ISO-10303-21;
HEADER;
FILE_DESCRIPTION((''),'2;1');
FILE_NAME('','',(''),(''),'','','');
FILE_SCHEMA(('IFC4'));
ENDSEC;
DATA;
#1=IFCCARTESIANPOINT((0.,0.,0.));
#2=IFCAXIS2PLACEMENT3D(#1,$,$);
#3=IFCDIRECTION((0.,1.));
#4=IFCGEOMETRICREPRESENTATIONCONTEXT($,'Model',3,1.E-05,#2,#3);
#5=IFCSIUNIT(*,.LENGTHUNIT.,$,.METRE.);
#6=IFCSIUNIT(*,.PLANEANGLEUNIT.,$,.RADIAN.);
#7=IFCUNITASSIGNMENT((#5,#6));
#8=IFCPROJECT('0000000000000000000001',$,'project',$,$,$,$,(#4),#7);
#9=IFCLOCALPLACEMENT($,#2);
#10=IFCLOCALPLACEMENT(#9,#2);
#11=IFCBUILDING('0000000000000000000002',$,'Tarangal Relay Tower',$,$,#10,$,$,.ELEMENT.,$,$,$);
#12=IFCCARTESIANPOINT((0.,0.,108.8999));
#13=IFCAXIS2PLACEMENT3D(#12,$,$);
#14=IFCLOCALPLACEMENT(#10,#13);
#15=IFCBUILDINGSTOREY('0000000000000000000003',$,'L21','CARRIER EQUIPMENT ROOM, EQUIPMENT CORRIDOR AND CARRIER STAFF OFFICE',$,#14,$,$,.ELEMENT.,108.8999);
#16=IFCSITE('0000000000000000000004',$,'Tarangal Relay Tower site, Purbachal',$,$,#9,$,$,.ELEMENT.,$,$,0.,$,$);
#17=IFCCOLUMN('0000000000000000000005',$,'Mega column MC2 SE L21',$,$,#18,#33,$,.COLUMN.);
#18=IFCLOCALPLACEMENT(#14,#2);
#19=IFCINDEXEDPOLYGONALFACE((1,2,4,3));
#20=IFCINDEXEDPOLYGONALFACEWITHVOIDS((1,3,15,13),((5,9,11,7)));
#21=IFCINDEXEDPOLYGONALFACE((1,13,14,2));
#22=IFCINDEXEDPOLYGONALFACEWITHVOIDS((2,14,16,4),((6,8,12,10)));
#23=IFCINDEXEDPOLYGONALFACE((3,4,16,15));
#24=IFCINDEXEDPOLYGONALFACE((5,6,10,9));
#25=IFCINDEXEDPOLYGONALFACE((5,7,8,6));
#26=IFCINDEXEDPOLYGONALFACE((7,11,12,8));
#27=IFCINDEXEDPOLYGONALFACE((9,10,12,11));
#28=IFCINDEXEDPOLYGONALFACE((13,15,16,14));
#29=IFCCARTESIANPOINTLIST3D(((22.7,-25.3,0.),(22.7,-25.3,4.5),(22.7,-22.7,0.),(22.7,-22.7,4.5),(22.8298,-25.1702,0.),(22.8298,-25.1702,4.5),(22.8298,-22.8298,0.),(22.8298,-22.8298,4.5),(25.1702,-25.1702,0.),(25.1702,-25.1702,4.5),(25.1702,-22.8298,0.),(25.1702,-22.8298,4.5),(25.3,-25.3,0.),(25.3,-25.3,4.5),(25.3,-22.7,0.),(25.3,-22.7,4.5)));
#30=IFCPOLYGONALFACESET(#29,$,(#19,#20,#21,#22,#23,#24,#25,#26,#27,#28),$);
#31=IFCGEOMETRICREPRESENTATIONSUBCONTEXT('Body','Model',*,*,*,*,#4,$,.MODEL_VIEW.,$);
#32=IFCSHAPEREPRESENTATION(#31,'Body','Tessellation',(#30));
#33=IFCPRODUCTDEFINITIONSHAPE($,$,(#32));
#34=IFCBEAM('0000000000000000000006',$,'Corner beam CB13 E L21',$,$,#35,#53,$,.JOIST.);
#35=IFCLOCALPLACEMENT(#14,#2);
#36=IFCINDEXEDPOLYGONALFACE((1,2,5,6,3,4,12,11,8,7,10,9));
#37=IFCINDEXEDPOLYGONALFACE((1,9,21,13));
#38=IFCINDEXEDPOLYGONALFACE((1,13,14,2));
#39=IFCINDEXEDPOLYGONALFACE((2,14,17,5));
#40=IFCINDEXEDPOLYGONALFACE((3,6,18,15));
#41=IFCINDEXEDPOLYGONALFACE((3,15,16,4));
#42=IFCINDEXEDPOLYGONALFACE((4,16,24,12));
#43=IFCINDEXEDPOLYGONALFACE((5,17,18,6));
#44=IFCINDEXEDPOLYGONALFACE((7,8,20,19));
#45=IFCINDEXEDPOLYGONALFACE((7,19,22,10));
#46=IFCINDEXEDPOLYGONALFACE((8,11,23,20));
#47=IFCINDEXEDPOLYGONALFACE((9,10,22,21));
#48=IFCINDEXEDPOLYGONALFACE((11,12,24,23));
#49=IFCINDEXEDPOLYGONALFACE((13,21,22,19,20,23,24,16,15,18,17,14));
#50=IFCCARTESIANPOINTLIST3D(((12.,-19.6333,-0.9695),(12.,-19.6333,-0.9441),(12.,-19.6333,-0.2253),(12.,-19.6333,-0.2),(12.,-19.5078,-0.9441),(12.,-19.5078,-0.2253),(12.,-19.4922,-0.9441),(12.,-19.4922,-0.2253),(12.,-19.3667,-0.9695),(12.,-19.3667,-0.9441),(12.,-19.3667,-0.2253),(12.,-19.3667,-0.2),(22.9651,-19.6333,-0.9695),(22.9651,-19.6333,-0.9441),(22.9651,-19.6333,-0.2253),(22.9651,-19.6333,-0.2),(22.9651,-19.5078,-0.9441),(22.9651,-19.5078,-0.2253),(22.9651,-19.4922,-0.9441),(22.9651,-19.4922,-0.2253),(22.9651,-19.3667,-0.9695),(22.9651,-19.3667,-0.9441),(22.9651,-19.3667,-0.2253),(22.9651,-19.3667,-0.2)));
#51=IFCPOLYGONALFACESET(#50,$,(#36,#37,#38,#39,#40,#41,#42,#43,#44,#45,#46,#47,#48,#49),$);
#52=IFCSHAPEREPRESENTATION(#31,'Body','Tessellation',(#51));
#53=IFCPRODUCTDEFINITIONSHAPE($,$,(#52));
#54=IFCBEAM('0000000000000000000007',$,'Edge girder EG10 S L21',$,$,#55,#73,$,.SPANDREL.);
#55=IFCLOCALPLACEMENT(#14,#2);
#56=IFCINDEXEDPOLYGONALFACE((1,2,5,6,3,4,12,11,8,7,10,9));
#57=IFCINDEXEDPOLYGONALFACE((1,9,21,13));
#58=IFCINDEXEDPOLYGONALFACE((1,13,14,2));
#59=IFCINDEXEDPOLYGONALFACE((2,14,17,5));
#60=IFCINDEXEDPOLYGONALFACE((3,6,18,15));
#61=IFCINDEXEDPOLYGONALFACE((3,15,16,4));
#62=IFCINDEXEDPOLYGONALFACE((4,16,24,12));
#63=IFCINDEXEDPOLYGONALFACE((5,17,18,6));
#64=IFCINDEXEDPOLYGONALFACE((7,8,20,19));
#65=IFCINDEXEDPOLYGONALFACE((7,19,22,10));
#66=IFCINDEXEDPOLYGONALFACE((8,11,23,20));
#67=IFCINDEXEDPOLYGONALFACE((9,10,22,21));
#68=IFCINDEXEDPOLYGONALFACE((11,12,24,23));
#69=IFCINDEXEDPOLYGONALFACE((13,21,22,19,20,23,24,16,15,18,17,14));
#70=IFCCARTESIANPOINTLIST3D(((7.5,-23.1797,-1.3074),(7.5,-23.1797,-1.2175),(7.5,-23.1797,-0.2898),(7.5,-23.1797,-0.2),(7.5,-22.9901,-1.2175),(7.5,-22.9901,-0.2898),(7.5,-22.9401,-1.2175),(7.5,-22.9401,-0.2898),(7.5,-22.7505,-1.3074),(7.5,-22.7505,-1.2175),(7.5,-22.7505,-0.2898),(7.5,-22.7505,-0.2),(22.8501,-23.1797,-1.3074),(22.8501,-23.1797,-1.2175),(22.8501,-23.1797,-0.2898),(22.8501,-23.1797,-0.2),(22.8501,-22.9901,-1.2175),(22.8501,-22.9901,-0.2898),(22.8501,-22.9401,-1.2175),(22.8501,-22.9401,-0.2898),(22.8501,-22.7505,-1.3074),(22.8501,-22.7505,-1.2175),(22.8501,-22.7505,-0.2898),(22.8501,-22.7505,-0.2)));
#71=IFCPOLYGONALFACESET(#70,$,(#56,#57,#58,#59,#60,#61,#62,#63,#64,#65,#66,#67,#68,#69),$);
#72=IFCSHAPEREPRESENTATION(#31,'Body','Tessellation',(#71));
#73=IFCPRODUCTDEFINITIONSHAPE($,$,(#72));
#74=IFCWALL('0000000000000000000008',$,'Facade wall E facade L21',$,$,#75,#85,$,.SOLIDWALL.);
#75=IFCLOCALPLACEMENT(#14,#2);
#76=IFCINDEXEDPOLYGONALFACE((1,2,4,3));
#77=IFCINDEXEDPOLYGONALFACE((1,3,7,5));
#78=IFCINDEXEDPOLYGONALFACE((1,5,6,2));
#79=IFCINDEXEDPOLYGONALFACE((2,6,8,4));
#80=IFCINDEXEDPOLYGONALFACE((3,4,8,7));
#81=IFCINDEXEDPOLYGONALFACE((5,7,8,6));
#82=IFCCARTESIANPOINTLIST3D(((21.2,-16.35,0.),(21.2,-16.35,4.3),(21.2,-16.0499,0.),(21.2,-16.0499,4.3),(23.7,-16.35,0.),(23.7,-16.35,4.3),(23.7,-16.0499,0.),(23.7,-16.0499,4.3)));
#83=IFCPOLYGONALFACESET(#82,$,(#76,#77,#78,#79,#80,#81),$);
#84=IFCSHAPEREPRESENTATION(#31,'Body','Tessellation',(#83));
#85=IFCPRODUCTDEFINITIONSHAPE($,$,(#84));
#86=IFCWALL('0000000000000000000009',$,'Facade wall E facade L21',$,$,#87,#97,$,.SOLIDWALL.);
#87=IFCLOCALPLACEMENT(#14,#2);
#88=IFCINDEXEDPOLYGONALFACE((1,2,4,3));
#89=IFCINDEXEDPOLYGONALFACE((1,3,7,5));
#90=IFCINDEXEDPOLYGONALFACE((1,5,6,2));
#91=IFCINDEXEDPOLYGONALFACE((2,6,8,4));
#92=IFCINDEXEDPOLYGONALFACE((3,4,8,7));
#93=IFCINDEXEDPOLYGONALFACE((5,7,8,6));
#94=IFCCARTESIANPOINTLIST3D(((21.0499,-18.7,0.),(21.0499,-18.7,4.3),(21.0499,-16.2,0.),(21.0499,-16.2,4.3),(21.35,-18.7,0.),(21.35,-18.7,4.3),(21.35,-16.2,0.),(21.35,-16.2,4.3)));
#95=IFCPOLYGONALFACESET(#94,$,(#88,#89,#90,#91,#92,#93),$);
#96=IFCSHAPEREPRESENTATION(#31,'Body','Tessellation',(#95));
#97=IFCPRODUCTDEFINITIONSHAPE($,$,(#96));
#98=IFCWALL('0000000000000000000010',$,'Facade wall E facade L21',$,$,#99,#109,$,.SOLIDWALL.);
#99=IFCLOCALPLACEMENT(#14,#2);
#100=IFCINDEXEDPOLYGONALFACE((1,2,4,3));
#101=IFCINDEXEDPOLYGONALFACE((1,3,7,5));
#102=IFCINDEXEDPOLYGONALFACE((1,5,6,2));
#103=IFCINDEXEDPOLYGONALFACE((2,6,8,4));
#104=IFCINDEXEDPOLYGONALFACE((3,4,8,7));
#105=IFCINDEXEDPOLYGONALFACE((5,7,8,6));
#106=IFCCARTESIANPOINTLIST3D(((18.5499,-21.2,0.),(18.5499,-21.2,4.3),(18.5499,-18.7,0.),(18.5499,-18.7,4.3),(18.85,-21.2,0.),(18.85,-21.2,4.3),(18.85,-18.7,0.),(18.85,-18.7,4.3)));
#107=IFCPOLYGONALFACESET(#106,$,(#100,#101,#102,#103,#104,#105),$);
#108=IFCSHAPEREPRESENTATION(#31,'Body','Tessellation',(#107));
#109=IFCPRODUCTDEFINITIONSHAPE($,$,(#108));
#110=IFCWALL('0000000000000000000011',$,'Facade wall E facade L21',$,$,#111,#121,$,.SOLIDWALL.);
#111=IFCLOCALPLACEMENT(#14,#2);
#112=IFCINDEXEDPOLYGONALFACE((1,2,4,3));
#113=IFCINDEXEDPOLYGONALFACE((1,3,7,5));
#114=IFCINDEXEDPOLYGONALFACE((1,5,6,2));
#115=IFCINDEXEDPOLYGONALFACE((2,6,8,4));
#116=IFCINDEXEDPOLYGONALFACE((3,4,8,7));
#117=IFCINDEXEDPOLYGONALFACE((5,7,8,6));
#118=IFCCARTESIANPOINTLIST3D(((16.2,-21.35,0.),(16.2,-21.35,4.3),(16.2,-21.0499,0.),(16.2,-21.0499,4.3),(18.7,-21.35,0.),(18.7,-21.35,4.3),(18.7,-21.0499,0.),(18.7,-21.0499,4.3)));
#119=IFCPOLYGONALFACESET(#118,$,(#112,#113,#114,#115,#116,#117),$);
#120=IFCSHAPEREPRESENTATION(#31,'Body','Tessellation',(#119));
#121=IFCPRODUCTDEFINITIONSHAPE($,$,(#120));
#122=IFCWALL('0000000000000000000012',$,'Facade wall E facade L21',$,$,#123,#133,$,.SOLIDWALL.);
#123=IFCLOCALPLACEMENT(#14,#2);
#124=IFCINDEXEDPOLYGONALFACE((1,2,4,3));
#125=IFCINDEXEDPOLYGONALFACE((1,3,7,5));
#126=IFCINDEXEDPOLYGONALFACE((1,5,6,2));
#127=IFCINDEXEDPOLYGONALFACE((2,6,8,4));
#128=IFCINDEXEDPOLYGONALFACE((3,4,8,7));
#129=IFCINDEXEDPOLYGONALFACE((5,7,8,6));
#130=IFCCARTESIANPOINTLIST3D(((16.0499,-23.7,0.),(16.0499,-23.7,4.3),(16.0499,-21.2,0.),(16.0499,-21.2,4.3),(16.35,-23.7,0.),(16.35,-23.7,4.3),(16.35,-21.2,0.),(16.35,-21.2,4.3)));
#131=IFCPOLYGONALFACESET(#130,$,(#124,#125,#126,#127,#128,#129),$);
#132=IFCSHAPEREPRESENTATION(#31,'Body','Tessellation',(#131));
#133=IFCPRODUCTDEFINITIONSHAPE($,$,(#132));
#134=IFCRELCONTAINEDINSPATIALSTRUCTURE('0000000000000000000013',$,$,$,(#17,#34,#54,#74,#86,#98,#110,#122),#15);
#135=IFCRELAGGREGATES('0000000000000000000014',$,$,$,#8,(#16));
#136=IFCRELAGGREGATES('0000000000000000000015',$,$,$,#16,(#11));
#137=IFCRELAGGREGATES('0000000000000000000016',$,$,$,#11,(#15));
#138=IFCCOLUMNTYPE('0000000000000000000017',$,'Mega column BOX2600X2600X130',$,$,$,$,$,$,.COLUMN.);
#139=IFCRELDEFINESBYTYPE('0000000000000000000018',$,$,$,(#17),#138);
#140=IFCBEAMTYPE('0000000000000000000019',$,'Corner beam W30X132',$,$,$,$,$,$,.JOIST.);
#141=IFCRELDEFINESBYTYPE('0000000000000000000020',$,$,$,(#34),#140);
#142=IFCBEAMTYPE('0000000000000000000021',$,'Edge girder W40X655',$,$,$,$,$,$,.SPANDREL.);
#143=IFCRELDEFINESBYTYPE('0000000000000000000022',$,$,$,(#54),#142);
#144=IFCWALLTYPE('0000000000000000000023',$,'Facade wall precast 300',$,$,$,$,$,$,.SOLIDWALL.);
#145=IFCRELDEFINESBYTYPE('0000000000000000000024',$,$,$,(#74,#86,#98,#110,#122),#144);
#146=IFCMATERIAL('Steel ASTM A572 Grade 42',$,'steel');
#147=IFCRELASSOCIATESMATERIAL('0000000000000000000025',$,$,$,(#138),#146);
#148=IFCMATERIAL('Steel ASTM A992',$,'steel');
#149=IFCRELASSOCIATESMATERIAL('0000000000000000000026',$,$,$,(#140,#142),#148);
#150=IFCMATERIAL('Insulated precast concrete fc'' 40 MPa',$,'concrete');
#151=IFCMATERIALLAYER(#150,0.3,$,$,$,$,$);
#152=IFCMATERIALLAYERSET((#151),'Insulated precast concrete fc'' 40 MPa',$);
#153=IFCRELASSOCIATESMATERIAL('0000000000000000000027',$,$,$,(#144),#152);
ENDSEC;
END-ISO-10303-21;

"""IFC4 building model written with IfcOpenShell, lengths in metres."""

from ifc_helpers import new_model, si_unit, direction, frame, frame_2d, origin, origin_2d, place, context, subcontext, project, spatial, rectangle, hollow_rectangle, i_section, extrude, material, layer, layer_set, material_profile, profile_set, type_object, element, save


model = new_model("IFC4")

# Units and contexts
model_context = context("Model", 3, precision=1e-05, world=origin(), true_north=direction((0.0, 1.0)))
body_context = subcontext(model_context, "Body", "Model", "MODEL_VIEW")
ifc_project = project(units=[si_unit("LENGTHUNIT", "METRE"), si_unit("PLANEANGLEUNIT", "RADIAN")], contexts=[model_context])

# Site, building, storey
site_placement = place(None, origin())
site = spatial("IfcSite", under=ifc_project, at=site_placement, Name="Tarangal Relay Tower site, Purbachal", CompositionType="ELEMENT", RefElevation=0.0)
building_placement = place(site_placement, origin())
building = spatial("IfcBuilding", under=site, at=building_placement, Name="Tarangal Relay Tower", CompositionType="ELEMENT")
storey_placement = place(building_placement, frame((0.0, 0.0, 108.8999)))
storey = spatial("IfcBuildingStorey", under=building, at=storey_placement, Name="L21", Description="CARRIER EQUIPMENT ROOM, EQUIPMENT CORRIDOR AND CARRIER STAFF OFFICE", CompositionType="ELEMENT", Elevation=108.8999)

# Column
ifc_material_1 = material(Name="Steel ASTM A572 Grade 42", Category="steel")
ifc_material_profile_1 = material_profile(ifc_material_1, hollow_rectangle(XDim=2.6001, YDim=2.6001, WallThickness=0.1299, at=origin_2d()), Name="BOX2600X2600X130")
ifc_profile_set_1 = profile_set([ifc_material_profile_1], Name="Steel ASTM A572 Grade 42")
column_type = type_object("IfcColumnType", Name="Mega column BOX2600X2600X130", PredefinedType="COLUMN", material=ifc_profile_set_1)
column_placement = place(storey_placement, frame((24.0, -24.0, 0.0), z_axis=(0.0, 0.0, 1.0), x_axis=(1.0, 0.0, 0.0)))
element("IfcColumn", 1, at=column_placement, inside=storey, type_object=column_type, Name="Mega column MC2 SE L21", PredefinedType="COLUMN", context=body_context, shape_type="SweptSolid", body=[
    extrude(hollow_rectangle(XDim=2.6001, YDim=2.6001, WallThickness=0.1299, at=origin_2d()), origin(), (0.0, 0.0, 1.0), 4.5),
])

# Beams
ifc_material_2 = material(Name="Steel ASTM A992", Category="steel")
ifc_material_profile_2 = material_profile(ifc_material_2, i_section(OverallWidth=0.2666, OverallDepth=0.7695, WebThickness=0.0156, FlangeThickness=0.0254, at=origin_2d()), Name="W30X132")
ifc_profile_set_2 = profile_set([ifc_material_profile_2], Name="Steel ASTM A992")
beam_type_1 = type_object("IfcBeamType", Name="Corner beam W30X132", PredefinedType="JOIST", material=ifc_profile_set_2)
beam_1_placement = place(storey_placement, frame((12.0, -19.5, -0.5847), z_axis=(1.0, 0.0, 0.0), x_axis=(0.0, 1.0, 0.0)))
element("IfcBeam", 2, at=beam_1_placement, inside=storey, type_object=beam_type_1, Name="Corner beam CB13 E L21", PredefinedType="JOIST", context=body_context, shape_type="SweptSolid", body=[
    extrude(i_section(OverallWidth=0.2666, OverallDepth=0.7695, WebThickness=0.0156, FlangeThickness=0.0254, at=origin_2d()), origin(), (0.0, 0.0, 1.0), 10.9651),
])
ifc_material_profile_3 = material_profile(ifc_material_2, i_section(OverallWidth=0.4292, OverallDepth=1.1074, WebThickness=0.05, FlangeThickness=0.0898, at=origin_2d()), Name="W40X655")
ifc_profile_set_3 = profile_set([ifc_material_profile_3], Name="Steel ASTM A992")
beam_type_2 = type_object("IfcBeamType", Name="Edge girder W40X655", PredefinedType="SPANDREL", material=ifc_profile_set_3)
beam_2_placement = place(storey_placement, frame((22.8501, -22.9651, -0.7537), z_axis=(-1.0, 0.0, 0.0), x_axis=(0.0, -1.0, 0.0)))
element("IfcBeam", 3, at=beam_2_placement, inside=storey, type_object=beam_type_2, Name="Edge girder EG10 S L21", PredefinedType="SPANDREL", context=body_context, shape_type="SweptSolid", body=[
    extrude(i_section(OverallWidth=0.4292, OverallDepth=1.1074, WebThickness=0.05, FlangeThickness=0.0898, at=origin_2d()), origin(), (0.0, 0.0, 1.0), 15.3501),
])

# Walls
ifc_material_3 = material(Name="Insulated precast concrete fc' 40 MPa", Category="concrete")
ifc_layer_1 = layer(ifc_material_3, 0.3)
ifc_layer_set_1 = layer_set([ifc_layer_1], Name="Insulated precast concrete fc' 40 MPa")
wall_type_1 = type_object("IfcWallType", Name="Facade wall precast 300", PredefinedType="SOLIDWALL", material=ifc_layer_set_1)
for number, where, z_axis, x_axis, name in (
    (4, (23.7, -16.2, 0.0), (0.0, 0.0, 1.0), (-1.0, 0.0, 0.0), "Facade wall E facade L21"),
    (5, (21.2, -16.2, 0.0), (0.0, 0.0, 1.0), (0.0, -1.0, 0.0), "Facade wall E facade L21"),
):
    element("IfcWall", number, at=place(storey_placement, frame(where, z_axis=z_axis, x_axis=x_axis)), inside=storey, type_object=wall_type_1, Name=name, PredefinedType="SOLIDWALL", context=body_context, shape_type="SweptSolid", body=[
        extrude(rectangle(XDim=2.5, YDim=0.3, at=frame_2d((1.25, 0.0))), origin(), (0.0, 0.0, 1.0), 4.3),
    ])

# Walls
for number, where, z_axis, x_axis, name in (
    (6, (18.7, -18.7, 0.0), (0.0, 0.0, 1.0), (0.0, -1.0, 0.0), "Facade wall E facade L21"),
    (7, (18.7, -21.2, 0.0), (0.0, 0.0, 1.0), (-1.0, 0.0, 0.0), "Facade wall E facade L21"),
    (8, (16.2, -21.2, 0.0), (0.0, 0.0, 1.0), (0.0, -1.0, 0.0), "Facade wall E facade L21"),
):
    element("IfcWall", number, at=place(storey_placement, frame(where, z_axis=z_axis, x_axis=x_axis)), inside=storey, type_object=wall_type_1, Name=name, PredefinedType="SOLIDWALL", context=body_context, shape_type="SweptSolid", body=[
        extrude(rectangle(XDim=2.5, YDim=0.3, at=frame_2d((1.25, 0.0))), origin(), (0.0, 0.0, 1.0), 4.3),
    ])

save(model, "model.ifc")
